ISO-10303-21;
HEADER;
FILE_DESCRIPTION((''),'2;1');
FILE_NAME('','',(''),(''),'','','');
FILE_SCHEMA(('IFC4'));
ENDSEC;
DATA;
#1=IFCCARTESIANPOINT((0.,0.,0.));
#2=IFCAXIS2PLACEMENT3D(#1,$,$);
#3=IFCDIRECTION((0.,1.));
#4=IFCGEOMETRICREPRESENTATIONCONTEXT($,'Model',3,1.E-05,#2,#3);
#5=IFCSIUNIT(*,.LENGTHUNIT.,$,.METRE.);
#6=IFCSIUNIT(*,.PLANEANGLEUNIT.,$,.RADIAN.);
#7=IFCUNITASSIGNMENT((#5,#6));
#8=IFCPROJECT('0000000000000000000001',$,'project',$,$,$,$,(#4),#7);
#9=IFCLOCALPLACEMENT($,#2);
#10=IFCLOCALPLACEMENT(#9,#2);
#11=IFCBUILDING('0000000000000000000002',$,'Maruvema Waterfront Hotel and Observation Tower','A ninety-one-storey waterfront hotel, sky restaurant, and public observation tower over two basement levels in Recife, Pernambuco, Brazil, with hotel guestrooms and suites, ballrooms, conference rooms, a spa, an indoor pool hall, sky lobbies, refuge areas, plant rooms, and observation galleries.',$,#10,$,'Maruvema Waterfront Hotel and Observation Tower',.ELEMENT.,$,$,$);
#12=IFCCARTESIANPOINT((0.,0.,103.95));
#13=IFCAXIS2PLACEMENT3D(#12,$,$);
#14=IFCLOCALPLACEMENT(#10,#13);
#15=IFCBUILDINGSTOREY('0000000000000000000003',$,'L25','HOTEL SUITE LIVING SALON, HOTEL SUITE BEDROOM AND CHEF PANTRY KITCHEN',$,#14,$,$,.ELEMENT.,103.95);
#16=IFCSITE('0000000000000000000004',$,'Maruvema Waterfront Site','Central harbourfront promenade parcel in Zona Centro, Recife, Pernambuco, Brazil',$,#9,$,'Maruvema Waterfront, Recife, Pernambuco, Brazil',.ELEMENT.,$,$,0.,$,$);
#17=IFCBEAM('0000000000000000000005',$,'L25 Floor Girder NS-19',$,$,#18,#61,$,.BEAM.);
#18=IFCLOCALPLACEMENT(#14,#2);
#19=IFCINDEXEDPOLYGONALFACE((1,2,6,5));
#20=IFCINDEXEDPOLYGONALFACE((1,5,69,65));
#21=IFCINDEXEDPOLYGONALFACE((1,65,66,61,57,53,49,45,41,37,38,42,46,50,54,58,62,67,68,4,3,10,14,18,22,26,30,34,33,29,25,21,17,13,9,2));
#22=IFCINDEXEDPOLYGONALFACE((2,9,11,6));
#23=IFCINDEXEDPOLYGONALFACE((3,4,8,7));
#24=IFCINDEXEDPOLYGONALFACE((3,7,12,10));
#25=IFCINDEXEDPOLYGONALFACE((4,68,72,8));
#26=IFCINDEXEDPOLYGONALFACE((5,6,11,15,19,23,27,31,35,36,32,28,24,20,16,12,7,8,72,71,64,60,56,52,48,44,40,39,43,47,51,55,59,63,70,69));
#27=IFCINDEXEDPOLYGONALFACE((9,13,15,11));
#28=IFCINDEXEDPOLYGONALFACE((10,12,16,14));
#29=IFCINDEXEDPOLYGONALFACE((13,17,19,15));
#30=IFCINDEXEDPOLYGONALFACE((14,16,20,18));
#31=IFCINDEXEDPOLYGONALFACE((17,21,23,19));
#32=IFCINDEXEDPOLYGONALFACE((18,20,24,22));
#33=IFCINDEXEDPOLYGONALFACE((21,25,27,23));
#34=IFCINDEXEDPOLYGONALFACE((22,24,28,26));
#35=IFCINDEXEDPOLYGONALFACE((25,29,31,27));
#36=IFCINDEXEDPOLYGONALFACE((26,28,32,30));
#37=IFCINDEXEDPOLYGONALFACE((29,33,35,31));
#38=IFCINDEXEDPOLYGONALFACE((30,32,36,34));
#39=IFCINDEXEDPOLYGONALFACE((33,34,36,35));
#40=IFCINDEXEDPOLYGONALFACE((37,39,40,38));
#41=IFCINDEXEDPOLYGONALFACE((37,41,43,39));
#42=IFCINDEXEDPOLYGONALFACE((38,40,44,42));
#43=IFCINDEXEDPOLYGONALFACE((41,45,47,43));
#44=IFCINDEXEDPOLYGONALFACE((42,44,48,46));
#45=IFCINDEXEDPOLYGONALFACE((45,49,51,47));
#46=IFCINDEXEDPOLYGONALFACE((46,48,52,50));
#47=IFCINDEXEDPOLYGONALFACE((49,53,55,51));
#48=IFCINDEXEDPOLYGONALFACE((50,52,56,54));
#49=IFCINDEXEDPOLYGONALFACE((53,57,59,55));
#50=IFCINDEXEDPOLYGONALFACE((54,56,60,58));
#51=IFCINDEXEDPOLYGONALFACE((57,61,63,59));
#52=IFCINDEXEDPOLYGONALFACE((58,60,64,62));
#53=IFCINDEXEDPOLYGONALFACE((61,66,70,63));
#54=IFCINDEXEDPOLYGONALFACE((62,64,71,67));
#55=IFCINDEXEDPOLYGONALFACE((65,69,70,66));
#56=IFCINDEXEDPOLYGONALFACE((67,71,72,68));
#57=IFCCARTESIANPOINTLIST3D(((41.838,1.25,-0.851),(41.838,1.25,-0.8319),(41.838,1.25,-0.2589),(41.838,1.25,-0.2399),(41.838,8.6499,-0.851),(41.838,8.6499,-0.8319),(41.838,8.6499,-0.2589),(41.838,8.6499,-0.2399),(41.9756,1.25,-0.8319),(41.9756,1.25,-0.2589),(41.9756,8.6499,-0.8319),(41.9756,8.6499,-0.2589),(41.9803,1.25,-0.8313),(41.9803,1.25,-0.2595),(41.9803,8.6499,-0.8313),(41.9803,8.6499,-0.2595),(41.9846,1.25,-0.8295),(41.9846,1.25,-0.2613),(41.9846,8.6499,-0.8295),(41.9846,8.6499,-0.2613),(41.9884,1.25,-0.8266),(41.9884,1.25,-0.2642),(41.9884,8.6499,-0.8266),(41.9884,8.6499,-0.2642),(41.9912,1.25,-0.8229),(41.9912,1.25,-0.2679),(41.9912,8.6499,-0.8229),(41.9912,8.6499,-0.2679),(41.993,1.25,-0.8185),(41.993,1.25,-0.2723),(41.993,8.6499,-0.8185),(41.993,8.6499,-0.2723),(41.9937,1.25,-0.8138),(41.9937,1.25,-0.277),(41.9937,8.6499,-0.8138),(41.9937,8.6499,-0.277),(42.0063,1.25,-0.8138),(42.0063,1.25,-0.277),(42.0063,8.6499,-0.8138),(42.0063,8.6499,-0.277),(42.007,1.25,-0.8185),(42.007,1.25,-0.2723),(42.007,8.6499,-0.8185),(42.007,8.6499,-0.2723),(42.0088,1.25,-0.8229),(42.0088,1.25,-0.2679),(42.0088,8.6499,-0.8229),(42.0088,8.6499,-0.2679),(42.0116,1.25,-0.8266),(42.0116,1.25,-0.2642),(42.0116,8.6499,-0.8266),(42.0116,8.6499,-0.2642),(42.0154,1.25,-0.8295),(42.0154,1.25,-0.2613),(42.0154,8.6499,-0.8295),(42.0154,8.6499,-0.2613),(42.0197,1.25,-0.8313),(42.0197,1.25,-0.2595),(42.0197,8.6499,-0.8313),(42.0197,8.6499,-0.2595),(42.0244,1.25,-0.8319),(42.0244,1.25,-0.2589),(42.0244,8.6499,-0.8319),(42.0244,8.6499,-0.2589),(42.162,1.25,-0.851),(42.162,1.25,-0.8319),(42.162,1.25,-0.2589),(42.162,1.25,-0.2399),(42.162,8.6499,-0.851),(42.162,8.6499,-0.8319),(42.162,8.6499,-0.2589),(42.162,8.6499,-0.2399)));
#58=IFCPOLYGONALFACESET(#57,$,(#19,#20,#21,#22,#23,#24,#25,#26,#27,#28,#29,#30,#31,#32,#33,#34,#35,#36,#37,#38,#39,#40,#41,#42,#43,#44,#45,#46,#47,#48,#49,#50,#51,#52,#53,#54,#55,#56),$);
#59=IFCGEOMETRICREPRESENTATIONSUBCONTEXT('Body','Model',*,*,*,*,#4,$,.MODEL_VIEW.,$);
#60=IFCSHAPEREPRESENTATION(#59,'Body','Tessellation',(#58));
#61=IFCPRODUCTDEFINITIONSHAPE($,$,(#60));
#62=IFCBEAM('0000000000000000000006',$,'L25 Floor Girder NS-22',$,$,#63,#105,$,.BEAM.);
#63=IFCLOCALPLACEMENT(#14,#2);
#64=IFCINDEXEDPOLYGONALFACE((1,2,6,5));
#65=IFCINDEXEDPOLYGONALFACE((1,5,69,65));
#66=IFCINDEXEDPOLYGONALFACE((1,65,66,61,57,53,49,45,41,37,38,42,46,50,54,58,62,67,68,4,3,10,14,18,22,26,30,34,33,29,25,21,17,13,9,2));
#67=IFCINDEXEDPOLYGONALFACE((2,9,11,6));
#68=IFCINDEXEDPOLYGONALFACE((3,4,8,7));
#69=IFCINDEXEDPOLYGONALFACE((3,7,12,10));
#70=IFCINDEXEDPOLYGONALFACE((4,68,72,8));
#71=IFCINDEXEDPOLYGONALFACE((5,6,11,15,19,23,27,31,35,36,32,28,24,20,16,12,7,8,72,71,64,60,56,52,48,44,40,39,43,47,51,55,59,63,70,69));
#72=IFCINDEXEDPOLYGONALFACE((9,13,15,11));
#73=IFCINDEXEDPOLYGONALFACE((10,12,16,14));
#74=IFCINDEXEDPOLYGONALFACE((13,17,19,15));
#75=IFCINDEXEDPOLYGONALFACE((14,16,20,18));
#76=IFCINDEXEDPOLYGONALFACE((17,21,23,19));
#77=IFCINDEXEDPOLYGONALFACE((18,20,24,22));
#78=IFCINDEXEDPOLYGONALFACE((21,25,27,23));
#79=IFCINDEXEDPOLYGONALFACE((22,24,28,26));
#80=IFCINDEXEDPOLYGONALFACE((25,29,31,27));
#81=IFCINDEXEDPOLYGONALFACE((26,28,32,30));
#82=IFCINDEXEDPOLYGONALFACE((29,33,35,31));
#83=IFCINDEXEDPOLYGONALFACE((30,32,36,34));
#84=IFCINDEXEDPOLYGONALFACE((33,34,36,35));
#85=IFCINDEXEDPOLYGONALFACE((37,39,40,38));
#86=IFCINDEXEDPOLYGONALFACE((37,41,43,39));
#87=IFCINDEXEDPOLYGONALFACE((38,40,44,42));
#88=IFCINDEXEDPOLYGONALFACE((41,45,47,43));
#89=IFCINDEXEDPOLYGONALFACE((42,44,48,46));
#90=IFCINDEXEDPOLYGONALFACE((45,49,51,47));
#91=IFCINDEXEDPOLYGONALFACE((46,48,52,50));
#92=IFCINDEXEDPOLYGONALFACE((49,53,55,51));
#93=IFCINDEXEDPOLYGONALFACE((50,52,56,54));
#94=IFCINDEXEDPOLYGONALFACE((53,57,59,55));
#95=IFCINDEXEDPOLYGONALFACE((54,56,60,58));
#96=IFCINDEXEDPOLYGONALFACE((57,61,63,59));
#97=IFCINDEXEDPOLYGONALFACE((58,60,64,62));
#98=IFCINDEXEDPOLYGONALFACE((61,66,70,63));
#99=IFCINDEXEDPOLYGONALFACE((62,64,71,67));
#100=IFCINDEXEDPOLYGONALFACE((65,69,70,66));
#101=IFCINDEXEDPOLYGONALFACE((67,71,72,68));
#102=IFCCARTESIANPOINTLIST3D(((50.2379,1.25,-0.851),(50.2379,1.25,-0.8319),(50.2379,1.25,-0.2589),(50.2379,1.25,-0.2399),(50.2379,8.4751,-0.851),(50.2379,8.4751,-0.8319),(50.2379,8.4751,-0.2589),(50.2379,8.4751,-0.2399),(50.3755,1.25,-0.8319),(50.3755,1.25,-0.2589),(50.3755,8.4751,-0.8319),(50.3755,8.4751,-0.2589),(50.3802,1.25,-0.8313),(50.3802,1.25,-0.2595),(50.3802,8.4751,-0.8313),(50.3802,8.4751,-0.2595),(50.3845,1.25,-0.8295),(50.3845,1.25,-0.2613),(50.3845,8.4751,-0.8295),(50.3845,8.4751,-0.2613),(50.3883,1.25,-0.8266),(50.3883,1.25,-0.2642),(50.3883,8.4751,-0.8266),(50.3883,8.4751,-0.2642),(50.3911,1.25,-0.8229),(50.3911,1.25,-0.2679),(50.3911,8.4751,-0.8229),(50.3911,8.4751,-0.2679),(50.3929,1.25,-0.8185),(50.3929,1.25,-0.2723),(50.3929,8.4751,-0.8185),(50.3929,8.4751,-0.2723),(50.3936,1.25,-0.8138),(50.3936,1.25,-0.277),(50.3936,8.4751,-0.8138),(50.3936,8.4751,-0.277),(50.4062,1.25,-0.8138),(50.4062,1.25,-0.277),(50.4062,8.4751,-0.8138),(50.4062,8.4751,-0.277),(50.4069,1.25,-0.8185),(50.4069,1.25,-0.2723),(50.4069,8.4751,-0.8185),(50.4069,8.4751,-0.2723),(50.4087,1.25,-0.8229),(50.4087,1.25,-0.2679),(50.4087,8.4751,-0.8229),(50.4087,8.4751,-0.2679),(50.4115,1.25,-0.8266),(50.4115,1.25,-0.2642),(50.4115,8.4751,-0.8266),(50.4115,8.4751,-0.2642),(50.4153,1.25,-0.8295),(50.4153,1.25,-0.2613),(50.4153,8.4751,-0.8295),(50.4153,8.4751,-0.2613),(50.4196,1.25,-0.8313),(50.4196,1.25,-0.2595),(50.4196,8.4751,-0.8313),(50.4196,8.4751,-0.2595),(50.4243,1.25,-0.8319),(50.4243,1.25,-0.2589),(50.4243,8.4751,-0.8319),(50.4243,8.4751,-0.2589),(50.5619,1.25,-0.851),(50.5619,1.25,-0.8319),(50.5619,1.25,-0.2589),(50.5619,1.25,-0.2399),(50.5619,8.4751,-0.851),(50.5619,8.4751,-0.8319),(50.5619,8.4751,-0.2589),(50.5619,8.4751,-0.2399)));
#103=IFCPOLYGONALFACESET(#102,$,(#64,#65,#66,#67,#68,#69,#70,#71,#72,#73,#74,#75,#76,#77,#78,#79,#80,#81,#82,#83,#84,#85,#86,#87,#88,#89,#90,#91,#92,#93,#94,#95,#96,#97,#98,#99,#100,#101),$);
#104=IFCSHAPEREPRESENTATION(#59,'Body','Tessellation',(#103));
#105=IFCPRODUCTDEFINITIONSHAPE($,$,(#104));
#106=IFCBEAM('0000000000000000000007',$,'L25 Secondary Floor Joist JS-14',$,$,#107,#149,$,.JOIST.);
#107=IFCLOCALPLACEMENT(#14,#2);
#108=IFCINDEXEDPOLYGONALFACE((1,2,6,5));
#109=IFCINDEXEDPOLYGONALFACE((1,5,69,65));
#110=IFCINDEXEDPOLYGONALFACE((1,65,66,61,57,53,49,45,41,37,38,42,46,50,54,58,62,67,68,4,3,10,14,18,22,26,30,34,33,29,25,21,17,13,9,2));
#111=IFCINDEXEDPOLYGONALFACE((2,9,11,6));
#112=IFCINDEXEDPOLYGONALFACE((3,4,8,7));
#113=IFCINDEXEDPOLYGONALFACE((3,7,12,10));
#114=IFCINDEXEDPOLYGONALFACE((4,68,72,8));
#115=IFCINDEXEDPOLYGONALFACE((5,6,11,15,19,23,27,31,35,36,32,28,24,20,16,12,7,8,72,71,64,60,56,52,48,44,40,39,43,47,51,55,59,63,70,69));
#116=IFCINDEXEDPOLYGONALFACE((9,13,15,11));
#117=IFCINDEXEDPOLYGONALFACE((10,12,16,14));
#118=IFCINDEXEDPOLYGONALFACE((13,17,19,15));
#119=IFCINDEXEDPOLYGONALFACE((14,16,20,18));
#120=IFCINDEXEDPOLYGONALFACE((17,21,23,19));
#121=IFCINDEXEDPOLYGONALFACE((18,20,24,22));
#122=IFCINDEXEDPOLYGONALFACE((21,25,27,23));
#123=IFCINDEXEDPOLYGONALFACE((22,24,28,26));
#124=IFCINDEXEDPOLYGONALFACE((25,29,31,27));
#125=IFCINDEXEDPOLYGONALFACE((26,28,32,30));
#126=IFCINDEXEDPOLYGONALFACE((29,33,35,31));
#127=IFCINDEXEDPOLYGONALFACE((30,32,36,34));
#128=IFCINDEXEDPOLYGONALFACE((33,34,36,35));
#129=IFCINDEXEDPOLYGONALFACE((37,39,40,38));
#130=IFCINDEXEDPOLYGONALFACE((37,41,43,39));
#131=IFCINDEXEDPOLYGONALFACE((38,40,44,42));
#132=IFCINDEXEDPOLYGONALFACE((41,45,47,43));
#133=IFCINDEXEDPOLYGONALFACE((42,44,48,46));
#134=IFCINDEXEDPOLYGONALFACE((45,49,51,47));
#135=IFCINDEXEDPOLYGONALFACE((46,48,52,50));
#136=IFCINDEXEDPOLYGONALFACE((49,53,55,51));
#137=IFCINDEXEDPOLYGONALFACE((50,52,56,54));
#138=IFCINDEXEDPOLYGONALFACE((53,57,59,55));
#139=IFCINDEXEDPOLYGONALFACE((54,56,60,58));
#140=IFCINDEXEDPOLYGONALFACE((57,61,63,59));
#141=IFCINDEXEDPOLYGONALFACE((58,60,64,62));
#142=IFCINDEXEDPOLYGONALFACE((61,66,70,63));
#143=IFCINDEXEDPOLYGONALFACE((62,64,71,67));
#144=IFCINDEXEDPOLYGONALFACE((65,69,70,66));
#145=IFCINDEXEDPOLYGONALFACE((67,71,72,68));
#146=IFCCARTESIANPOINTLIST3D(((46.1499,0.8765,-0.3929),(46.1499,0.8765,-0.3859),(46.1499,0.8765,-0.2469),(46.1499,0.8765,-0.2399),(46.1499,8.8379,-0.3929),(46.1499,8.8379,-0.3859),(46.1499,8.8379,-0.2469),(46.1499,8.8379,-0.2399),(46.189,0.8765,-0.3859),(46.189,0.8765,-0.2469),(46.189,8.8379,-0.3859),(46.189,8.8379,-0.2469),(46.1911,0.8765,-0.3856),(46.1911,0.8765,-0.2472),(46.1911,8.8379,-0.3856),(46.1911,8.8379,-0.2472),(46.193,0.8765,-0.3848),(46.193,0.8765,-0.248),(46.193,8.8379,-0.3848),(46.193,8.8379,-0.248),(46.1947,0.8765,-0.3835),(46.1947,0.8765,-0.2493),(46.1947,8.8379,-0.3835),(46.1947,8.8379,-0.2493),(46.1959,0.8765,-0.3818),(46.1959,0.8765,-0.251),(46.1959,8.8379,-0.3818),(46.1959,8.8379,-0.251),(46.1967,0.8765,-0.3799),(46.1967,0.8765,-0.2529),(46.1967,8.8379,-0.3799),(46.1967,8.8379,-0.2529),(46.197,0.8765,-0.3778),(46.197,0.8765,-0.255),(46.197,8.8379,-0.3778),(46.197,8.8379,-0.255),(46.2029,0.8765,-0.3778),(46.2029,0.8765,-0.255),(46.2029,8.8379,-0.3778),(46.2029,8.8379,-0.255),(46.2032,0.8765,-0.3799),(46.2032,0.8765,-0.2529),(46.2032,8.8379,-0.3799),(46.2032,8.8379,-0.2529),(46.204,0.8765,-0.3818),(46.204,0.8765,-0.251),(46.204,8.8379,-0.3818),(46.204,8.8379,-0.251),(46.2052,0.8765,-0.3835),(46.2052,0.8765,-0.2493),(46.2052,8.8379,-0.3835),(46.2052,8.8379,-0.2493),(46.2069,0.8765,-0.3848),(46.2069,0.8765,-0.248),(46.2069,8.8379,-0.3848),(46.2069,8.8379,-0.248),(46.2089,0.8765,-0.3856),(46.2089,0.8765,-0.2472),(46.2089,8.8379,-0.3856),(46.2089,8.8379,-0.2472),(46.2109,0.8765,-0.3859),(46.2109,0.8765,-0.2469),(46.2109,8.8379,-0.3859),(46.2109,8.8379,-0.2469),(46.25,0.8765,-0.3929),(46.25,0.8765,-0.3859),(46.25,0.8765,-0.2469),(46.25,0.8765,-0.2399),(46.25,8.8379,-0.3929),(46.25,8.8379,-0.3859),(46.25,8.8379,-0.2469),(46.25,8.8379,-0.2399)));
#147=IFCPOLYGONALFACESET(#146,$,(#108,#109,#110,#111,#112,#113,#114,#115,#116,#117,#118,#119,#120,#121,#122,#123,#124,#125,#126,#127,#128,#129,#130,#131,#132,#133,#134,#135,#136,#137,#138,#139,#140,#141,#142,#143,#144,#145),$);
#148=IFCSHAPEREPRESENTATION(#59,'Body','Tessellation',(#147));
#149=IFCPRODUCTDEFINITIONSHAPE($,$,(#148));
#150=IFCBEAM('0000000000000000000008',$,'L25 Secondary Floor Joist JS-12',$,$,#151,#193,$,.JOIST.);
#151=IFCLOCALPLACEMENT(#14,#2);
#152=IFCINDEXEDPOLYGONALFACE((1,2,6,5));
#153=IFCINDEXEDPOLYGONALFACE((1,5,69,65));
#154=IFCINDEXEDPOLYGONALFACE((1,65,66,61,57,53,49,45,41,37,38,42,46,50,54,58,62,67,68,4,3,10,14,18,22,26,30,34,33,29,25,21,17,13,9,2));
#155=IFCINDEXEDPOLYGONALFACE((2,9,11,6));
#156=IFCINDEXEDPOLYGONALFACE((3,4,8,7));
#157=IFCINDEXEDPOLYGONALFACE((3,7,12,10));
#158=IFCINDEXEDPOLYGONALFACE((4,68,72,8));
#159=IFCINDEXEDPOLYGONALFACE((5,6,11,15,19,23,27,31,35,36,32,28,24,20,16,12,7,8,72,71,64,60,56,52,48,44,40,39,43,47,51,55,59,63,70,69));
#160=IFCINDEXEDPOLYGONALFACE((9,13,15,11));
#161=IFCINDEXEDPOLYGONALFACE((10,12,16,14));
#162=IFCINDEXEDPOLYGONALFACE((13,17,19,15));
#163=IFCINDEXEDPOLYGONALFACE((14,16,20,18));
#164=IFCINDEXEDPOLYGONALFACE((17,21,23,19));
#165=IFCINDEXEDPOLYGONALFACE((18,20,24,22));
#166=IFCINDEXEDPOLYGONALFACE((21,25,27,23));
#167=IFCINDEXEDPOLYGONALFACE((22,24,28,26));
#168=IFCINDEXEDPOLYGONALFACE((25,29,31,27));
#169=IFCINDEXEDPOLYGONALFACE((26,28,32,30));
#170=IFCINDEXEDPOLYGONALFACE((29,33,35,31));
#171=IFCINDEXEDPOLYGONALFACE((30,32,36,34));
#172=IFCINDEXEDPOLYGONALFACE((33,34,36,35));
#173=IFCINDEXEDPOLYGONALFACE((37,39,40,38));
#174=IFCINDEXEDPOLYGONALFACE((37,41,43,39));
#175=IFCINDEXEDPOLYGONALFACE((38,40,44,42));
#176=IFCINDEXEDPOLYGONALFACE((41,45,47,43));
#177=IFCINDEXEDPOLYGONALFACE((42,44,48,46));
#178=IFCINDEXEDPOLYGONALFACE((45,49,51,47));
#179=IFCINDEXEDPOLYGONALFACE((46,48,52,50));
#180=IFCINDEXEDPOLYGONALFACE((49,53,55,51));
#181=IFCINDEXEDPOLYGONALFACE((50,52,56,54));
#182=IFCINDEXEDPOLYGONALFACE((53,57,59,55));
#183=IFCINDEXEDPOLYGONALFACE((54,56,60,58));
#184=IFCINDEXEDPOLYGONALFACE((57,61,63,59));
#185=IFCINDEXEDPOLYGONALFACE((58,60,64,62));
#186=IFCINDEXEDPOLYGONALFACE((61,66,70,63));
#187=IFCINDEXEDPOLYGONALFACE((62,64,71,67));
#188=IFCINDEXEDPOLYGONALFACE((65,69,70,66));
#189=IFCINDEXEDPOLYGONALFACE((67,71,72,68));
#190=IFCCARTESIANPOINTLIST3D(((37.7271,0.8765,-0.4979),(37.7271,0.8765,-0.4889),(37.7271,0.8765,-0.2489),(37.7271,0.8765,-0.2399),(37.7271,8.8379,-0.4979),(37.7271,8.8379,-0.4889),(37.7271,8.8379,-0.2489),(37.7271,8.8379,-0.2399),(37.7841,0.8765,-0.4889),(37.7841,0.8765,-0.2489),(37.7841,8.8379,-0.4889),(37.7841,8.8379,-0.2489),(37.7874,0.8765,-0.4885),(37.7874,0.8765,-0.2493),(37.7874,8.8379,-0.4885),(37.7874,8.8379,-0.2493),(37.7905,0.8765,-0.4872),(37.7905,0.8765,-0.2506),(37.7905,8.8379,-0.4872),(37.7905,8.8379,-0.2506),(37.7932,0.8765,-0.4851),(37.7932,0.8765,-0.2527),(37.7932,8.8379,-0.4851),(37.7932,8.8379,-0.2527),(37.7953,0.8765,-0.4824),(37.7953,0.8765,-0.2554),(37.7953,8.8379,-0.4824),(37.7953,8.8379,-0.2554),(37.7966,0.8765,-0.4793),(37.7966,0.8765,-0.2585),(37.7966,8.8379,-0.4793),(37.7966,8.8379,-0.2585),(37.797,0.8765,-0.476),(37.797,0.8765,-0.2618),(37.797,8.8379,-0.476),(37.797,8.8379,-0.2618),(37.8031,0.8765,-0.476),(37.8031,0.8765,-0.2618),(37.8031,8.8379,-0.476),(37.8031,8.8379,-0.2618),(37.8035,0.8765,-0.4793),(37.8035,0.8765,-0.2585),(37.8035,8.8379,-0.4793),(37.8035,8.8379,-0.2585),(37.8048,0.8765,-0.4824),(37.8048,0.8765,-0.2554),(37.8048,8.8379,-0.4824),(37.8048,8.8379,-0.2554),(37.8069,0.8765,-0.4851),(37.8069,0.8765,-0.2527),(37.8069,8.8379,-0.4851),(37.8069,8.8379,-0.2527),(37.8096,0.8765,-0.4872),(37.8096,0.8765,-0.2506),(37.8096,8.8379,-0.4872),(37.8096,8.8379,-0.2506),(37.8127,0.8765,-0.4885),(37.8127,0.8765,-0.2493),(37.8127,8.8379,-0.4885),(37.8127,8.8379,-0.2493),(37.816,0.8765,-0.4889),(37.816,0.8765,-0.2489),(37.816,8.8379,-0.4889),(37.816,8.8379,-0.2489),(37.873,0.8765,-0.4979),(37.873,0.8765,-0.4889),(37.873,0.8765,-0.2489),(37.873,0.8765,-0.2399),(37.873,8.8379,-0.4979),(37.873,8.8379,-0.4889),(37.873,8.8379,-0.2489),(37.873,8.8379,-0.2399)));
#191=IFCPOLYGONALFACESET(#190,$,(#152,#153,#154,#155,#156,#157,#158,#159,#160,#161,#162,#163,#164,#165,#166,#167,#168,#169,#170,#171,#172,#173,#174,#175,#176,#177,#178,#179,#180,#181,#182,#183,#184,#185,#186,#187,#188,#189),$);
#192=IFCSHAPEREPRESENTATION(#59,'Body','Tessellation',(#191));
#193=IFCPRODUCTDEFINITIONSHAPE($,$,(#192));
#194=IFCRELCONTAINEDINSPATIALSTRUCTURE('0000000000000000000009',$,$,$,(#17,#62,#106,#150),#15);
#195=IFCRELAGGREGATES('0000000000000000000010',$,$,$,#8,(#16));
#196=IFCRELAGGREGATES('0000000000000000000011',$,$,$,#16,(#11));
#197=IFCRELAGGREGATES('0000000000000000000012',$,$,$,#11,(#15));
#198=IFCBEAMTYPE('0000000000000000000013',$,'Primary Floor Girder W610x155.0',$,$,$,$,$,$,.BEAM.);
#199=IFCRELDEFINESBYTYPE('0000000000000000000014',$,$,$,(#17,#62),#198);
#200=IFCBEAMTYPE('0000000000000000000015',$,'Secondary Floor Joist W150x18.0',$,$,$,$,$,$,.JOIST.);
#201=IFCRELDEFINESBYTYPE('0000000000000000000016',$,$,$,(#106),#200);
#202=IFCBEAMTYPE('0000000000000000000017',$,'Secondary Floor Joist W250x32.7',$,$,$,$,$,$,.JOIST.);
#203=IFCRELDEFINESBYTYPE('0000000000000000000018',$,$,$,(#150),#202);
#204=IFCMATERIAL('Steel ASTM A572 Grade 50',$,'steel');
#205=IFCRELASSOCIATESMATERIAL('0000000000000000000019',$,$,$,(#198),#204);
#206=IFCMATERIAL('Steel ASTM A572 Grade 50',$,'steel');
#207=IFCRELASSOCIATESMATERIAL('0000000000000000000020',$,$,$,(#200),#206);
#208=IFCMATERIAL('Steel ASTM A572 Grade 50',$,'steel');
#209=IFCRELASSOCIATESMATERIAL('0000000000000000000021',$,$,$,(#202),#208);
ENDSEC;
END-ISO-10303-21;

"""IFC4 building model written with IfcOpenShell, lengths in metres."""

from ifc_helpers import new_model, si_unit, direction, frame, origin, origin_2d, place, context, subcontext, project, spatial, i_section, extrude, material, material_profile, profile_set, type_object, element, save


model = new_model("IFC4")

# Units and contexts
model_context = context("Model", 3, precision=1e-05, world=origin(), true_north=direction((0.0, 1.0)))
body_context = subcontext(model_context, "Body", "Model", "MODEL_VIEW")
ifc_project = project(units=[si_unit("LENGTHUNIT", "METRE"), si_unit("PLANEANGLEUNIT", "RADIAN")], contexts=[model_context])

# Site, building, storey
site_placement = place(None, origin())
site = spatial("IfcSite", under=ifc_project, at=site_placement, Name="Maruvema Waterfront Site", Description="Central harbourfront promenade parcel in Zona Centro, Recife, Pernambuco, Brazil", LongName="Maruvema Waterfront, Recife, Pernambuco, Brazil", CompositionType="ELEMENT", RefElevation=0.0)
building_placement = place(site_placement, origin())
building = spatial("IfcBuilding", under=site, at=building_placement, Name="Maruvema Waterfront Hotel and Observation Tower", Description="A ninety-one-storey waterfront hotel, sky restaurant, and public observation tower over two basement levels in Recife, Pernambuco, Brazil, with hotel guestrooms and suites, ballrooms, conference rooms, a spa, an indoor pool hall, sky lobbies, refuge areas, plant rooms, and observation galleries.", LongName="Maruvema Waterfront Hotel and Observation Tower", CompositionType="ELEMENT")
storey_placement = place(building_placement, frame((0.0, 0.0, 103.95)))
storey = spatial("IfcBuildingStorey", under=building, at=storey_placement, Name="L25", Description="HOTEL SUITE LIVING SALON, HOTEL SUITE BEDROOM AND CHEF PANTRY KITCHEN", CompositionType="ELEMENT", Elevation=103.95)

# Beams
ifc_material_1 = material(Name="Steel ASTM A572 Grade 50", Category="steel")
ifc_material_profile_1 = material_profile(ifc_material_1, i_section(OverallWidth=0.324, OverallDepth=0.6111, WebThickness=0.0127, FlangeThickness=0.019, FilletRadius=0.0181, at=origin_2d()), Name="W610x155.0")
ifc_profile_set_1 = profile_set([ifc_material_profile_1], Name="Steel ASTM A572 Grade 50")
beam_type_1 = type_object("IfcBeamType", Name="Primary Floor Girder W610x155.0", PredefinedType="BEAM", material=ifc_profile_set_1)
beam_1_placement = place(storey_placement, frame((42.0, 1.25, -0.5454), z_axis=(0.0, 1.0, 0.0), x_axis=(-1.0, 0.0, 0.0)))
element("IfcBeam", 1, at=beam_1_placement, inside=storey, type_object=beam_type_1, Name="L25 Floor Girder NS-19", PredefinedType="BEAM", context=body_context, shape_type="SweptSolid", body=[
    extrude(i_section(OverallWidth=0.324, OverallDepth=0.6111, WebThickness=0.0127, FlangeThickness=0.019, FilletRadius=0.0181, at=origin_2d()), origin(), (0.0, 0.0, 1.0), 7.3999),
])
beam_2_placement = place(storey_placement, frame((50.3999, 1.25, -0.5454), z_axis=(0.0, 1.0, 0.0), x_axis=(-1.0, 0.0, 0.0)))
element("IfcBeam", 2, at=beam_2_placement, inside=storey, type_object=beam_type_1, Name="L25 Floor Girder NS-22", PredefinedType="BEAM", context=body_context, shape_type="SweptSolid", body=[
    extrude(i_section(OverallWidth=0.324, OverallDepth=0.6111, WebThickness=0.0127, FlangeThickness=0.019, FilletRadius=0.0181, at=origin_2d()), origin(), (0.0, 0.0, 1.0), 7.2251),
])
ifc_material_2 = material(Name="Steel ASTM A572 Grade 50", Category="steel")
ifc_material_profile_2 = material_profile(ifc_material_2, i_section(OverallWidth=0.1001, OverallDepth=0.1531, WebThickness=0.0059, FlangeThickness=0.0071, FilletRadius=0.0081, at=origin_2d()), Name="W150x18.0")
ifc_profile_set_2 = profile_set([ifc_material_profile_2], Name="Steel ASTM A572 Grade 50")
beam_type_2 = type_object("IfcBeamType", Name="Secondary Floor Joist W150x18.0", PredefinedType="JOIST", material=ifc_profile_set_2)
beam_3_placement = place(storey_placement, frame((46.2, 0.8765, -0.3164), z_axis=(0.0, 1.0, 0.0), x_axis=(-1.0, 0.0, 0.0)))
element("IfcBeam", 3, at=beam_3_placement, inside=storey, type_object=beam_type_2, Name="L25 Secondary Floor Joist JS-14", PredefinedType="JOIST", context=body_context, shape_type="SweptSolid", body=[
    extrude(i_section(OverallWidth=0.1001, OverallDepth=0.1531, WebThickness=0.0059, FlangeThickness=0.0071, FilletRadius=0.0081, at=origin_2d()), origin(), (0.0, 0.0, 1.0), 7.9614),
])
ifc_material_3 = material(Name="Steel ASTM A572 Grade 50", Category="steel")
ifc_material_profile_3 = material_profile(ifc_material_3, i_section(OverallWidth=0.146, OverallDepth=0.2581, WebThickness=0.0061, FlangeThickness=0.009, FilletRadius=0.0129, at=origin_2d()), Name="W250x32.7")
ifc_profile_set_3 = profile_set([ifc_material_profile_3], Name="Steel ASTM A572 Grade 50")
beam_type_3 = type_object("IfcBeamType", Name="Secondary Floor Joist W250x32.7", PredefinedType="JOIST", material=ifc_profile_set_3)
beam_4_placement = place(storey_placement, frame((37.8, 0.8765, -0.3689), z_axis=(0.0, 1.0, 0.0), x_axis=(-1.0, 0.0, 0.0)))
element("IfcBeam", 4, at=beam_4_placement, inside=storey, type_object=beam_type_3, Name="L25 Secondary Floor Joist JS-12", PredefinedType="JOIST", context=body_context, shape_type="SweptSolid", body=[
    extrude(i_section(OverallWidth=0.146, OverallDepth=0.2581, WebThickness=0.0061, FlangeThickness=0.009, FilletRadius=0.0129, at=origin_2d()), origin(), (0.0, 0.0, 1.0), 7.9614),
])

save(model, "model.ifc")
